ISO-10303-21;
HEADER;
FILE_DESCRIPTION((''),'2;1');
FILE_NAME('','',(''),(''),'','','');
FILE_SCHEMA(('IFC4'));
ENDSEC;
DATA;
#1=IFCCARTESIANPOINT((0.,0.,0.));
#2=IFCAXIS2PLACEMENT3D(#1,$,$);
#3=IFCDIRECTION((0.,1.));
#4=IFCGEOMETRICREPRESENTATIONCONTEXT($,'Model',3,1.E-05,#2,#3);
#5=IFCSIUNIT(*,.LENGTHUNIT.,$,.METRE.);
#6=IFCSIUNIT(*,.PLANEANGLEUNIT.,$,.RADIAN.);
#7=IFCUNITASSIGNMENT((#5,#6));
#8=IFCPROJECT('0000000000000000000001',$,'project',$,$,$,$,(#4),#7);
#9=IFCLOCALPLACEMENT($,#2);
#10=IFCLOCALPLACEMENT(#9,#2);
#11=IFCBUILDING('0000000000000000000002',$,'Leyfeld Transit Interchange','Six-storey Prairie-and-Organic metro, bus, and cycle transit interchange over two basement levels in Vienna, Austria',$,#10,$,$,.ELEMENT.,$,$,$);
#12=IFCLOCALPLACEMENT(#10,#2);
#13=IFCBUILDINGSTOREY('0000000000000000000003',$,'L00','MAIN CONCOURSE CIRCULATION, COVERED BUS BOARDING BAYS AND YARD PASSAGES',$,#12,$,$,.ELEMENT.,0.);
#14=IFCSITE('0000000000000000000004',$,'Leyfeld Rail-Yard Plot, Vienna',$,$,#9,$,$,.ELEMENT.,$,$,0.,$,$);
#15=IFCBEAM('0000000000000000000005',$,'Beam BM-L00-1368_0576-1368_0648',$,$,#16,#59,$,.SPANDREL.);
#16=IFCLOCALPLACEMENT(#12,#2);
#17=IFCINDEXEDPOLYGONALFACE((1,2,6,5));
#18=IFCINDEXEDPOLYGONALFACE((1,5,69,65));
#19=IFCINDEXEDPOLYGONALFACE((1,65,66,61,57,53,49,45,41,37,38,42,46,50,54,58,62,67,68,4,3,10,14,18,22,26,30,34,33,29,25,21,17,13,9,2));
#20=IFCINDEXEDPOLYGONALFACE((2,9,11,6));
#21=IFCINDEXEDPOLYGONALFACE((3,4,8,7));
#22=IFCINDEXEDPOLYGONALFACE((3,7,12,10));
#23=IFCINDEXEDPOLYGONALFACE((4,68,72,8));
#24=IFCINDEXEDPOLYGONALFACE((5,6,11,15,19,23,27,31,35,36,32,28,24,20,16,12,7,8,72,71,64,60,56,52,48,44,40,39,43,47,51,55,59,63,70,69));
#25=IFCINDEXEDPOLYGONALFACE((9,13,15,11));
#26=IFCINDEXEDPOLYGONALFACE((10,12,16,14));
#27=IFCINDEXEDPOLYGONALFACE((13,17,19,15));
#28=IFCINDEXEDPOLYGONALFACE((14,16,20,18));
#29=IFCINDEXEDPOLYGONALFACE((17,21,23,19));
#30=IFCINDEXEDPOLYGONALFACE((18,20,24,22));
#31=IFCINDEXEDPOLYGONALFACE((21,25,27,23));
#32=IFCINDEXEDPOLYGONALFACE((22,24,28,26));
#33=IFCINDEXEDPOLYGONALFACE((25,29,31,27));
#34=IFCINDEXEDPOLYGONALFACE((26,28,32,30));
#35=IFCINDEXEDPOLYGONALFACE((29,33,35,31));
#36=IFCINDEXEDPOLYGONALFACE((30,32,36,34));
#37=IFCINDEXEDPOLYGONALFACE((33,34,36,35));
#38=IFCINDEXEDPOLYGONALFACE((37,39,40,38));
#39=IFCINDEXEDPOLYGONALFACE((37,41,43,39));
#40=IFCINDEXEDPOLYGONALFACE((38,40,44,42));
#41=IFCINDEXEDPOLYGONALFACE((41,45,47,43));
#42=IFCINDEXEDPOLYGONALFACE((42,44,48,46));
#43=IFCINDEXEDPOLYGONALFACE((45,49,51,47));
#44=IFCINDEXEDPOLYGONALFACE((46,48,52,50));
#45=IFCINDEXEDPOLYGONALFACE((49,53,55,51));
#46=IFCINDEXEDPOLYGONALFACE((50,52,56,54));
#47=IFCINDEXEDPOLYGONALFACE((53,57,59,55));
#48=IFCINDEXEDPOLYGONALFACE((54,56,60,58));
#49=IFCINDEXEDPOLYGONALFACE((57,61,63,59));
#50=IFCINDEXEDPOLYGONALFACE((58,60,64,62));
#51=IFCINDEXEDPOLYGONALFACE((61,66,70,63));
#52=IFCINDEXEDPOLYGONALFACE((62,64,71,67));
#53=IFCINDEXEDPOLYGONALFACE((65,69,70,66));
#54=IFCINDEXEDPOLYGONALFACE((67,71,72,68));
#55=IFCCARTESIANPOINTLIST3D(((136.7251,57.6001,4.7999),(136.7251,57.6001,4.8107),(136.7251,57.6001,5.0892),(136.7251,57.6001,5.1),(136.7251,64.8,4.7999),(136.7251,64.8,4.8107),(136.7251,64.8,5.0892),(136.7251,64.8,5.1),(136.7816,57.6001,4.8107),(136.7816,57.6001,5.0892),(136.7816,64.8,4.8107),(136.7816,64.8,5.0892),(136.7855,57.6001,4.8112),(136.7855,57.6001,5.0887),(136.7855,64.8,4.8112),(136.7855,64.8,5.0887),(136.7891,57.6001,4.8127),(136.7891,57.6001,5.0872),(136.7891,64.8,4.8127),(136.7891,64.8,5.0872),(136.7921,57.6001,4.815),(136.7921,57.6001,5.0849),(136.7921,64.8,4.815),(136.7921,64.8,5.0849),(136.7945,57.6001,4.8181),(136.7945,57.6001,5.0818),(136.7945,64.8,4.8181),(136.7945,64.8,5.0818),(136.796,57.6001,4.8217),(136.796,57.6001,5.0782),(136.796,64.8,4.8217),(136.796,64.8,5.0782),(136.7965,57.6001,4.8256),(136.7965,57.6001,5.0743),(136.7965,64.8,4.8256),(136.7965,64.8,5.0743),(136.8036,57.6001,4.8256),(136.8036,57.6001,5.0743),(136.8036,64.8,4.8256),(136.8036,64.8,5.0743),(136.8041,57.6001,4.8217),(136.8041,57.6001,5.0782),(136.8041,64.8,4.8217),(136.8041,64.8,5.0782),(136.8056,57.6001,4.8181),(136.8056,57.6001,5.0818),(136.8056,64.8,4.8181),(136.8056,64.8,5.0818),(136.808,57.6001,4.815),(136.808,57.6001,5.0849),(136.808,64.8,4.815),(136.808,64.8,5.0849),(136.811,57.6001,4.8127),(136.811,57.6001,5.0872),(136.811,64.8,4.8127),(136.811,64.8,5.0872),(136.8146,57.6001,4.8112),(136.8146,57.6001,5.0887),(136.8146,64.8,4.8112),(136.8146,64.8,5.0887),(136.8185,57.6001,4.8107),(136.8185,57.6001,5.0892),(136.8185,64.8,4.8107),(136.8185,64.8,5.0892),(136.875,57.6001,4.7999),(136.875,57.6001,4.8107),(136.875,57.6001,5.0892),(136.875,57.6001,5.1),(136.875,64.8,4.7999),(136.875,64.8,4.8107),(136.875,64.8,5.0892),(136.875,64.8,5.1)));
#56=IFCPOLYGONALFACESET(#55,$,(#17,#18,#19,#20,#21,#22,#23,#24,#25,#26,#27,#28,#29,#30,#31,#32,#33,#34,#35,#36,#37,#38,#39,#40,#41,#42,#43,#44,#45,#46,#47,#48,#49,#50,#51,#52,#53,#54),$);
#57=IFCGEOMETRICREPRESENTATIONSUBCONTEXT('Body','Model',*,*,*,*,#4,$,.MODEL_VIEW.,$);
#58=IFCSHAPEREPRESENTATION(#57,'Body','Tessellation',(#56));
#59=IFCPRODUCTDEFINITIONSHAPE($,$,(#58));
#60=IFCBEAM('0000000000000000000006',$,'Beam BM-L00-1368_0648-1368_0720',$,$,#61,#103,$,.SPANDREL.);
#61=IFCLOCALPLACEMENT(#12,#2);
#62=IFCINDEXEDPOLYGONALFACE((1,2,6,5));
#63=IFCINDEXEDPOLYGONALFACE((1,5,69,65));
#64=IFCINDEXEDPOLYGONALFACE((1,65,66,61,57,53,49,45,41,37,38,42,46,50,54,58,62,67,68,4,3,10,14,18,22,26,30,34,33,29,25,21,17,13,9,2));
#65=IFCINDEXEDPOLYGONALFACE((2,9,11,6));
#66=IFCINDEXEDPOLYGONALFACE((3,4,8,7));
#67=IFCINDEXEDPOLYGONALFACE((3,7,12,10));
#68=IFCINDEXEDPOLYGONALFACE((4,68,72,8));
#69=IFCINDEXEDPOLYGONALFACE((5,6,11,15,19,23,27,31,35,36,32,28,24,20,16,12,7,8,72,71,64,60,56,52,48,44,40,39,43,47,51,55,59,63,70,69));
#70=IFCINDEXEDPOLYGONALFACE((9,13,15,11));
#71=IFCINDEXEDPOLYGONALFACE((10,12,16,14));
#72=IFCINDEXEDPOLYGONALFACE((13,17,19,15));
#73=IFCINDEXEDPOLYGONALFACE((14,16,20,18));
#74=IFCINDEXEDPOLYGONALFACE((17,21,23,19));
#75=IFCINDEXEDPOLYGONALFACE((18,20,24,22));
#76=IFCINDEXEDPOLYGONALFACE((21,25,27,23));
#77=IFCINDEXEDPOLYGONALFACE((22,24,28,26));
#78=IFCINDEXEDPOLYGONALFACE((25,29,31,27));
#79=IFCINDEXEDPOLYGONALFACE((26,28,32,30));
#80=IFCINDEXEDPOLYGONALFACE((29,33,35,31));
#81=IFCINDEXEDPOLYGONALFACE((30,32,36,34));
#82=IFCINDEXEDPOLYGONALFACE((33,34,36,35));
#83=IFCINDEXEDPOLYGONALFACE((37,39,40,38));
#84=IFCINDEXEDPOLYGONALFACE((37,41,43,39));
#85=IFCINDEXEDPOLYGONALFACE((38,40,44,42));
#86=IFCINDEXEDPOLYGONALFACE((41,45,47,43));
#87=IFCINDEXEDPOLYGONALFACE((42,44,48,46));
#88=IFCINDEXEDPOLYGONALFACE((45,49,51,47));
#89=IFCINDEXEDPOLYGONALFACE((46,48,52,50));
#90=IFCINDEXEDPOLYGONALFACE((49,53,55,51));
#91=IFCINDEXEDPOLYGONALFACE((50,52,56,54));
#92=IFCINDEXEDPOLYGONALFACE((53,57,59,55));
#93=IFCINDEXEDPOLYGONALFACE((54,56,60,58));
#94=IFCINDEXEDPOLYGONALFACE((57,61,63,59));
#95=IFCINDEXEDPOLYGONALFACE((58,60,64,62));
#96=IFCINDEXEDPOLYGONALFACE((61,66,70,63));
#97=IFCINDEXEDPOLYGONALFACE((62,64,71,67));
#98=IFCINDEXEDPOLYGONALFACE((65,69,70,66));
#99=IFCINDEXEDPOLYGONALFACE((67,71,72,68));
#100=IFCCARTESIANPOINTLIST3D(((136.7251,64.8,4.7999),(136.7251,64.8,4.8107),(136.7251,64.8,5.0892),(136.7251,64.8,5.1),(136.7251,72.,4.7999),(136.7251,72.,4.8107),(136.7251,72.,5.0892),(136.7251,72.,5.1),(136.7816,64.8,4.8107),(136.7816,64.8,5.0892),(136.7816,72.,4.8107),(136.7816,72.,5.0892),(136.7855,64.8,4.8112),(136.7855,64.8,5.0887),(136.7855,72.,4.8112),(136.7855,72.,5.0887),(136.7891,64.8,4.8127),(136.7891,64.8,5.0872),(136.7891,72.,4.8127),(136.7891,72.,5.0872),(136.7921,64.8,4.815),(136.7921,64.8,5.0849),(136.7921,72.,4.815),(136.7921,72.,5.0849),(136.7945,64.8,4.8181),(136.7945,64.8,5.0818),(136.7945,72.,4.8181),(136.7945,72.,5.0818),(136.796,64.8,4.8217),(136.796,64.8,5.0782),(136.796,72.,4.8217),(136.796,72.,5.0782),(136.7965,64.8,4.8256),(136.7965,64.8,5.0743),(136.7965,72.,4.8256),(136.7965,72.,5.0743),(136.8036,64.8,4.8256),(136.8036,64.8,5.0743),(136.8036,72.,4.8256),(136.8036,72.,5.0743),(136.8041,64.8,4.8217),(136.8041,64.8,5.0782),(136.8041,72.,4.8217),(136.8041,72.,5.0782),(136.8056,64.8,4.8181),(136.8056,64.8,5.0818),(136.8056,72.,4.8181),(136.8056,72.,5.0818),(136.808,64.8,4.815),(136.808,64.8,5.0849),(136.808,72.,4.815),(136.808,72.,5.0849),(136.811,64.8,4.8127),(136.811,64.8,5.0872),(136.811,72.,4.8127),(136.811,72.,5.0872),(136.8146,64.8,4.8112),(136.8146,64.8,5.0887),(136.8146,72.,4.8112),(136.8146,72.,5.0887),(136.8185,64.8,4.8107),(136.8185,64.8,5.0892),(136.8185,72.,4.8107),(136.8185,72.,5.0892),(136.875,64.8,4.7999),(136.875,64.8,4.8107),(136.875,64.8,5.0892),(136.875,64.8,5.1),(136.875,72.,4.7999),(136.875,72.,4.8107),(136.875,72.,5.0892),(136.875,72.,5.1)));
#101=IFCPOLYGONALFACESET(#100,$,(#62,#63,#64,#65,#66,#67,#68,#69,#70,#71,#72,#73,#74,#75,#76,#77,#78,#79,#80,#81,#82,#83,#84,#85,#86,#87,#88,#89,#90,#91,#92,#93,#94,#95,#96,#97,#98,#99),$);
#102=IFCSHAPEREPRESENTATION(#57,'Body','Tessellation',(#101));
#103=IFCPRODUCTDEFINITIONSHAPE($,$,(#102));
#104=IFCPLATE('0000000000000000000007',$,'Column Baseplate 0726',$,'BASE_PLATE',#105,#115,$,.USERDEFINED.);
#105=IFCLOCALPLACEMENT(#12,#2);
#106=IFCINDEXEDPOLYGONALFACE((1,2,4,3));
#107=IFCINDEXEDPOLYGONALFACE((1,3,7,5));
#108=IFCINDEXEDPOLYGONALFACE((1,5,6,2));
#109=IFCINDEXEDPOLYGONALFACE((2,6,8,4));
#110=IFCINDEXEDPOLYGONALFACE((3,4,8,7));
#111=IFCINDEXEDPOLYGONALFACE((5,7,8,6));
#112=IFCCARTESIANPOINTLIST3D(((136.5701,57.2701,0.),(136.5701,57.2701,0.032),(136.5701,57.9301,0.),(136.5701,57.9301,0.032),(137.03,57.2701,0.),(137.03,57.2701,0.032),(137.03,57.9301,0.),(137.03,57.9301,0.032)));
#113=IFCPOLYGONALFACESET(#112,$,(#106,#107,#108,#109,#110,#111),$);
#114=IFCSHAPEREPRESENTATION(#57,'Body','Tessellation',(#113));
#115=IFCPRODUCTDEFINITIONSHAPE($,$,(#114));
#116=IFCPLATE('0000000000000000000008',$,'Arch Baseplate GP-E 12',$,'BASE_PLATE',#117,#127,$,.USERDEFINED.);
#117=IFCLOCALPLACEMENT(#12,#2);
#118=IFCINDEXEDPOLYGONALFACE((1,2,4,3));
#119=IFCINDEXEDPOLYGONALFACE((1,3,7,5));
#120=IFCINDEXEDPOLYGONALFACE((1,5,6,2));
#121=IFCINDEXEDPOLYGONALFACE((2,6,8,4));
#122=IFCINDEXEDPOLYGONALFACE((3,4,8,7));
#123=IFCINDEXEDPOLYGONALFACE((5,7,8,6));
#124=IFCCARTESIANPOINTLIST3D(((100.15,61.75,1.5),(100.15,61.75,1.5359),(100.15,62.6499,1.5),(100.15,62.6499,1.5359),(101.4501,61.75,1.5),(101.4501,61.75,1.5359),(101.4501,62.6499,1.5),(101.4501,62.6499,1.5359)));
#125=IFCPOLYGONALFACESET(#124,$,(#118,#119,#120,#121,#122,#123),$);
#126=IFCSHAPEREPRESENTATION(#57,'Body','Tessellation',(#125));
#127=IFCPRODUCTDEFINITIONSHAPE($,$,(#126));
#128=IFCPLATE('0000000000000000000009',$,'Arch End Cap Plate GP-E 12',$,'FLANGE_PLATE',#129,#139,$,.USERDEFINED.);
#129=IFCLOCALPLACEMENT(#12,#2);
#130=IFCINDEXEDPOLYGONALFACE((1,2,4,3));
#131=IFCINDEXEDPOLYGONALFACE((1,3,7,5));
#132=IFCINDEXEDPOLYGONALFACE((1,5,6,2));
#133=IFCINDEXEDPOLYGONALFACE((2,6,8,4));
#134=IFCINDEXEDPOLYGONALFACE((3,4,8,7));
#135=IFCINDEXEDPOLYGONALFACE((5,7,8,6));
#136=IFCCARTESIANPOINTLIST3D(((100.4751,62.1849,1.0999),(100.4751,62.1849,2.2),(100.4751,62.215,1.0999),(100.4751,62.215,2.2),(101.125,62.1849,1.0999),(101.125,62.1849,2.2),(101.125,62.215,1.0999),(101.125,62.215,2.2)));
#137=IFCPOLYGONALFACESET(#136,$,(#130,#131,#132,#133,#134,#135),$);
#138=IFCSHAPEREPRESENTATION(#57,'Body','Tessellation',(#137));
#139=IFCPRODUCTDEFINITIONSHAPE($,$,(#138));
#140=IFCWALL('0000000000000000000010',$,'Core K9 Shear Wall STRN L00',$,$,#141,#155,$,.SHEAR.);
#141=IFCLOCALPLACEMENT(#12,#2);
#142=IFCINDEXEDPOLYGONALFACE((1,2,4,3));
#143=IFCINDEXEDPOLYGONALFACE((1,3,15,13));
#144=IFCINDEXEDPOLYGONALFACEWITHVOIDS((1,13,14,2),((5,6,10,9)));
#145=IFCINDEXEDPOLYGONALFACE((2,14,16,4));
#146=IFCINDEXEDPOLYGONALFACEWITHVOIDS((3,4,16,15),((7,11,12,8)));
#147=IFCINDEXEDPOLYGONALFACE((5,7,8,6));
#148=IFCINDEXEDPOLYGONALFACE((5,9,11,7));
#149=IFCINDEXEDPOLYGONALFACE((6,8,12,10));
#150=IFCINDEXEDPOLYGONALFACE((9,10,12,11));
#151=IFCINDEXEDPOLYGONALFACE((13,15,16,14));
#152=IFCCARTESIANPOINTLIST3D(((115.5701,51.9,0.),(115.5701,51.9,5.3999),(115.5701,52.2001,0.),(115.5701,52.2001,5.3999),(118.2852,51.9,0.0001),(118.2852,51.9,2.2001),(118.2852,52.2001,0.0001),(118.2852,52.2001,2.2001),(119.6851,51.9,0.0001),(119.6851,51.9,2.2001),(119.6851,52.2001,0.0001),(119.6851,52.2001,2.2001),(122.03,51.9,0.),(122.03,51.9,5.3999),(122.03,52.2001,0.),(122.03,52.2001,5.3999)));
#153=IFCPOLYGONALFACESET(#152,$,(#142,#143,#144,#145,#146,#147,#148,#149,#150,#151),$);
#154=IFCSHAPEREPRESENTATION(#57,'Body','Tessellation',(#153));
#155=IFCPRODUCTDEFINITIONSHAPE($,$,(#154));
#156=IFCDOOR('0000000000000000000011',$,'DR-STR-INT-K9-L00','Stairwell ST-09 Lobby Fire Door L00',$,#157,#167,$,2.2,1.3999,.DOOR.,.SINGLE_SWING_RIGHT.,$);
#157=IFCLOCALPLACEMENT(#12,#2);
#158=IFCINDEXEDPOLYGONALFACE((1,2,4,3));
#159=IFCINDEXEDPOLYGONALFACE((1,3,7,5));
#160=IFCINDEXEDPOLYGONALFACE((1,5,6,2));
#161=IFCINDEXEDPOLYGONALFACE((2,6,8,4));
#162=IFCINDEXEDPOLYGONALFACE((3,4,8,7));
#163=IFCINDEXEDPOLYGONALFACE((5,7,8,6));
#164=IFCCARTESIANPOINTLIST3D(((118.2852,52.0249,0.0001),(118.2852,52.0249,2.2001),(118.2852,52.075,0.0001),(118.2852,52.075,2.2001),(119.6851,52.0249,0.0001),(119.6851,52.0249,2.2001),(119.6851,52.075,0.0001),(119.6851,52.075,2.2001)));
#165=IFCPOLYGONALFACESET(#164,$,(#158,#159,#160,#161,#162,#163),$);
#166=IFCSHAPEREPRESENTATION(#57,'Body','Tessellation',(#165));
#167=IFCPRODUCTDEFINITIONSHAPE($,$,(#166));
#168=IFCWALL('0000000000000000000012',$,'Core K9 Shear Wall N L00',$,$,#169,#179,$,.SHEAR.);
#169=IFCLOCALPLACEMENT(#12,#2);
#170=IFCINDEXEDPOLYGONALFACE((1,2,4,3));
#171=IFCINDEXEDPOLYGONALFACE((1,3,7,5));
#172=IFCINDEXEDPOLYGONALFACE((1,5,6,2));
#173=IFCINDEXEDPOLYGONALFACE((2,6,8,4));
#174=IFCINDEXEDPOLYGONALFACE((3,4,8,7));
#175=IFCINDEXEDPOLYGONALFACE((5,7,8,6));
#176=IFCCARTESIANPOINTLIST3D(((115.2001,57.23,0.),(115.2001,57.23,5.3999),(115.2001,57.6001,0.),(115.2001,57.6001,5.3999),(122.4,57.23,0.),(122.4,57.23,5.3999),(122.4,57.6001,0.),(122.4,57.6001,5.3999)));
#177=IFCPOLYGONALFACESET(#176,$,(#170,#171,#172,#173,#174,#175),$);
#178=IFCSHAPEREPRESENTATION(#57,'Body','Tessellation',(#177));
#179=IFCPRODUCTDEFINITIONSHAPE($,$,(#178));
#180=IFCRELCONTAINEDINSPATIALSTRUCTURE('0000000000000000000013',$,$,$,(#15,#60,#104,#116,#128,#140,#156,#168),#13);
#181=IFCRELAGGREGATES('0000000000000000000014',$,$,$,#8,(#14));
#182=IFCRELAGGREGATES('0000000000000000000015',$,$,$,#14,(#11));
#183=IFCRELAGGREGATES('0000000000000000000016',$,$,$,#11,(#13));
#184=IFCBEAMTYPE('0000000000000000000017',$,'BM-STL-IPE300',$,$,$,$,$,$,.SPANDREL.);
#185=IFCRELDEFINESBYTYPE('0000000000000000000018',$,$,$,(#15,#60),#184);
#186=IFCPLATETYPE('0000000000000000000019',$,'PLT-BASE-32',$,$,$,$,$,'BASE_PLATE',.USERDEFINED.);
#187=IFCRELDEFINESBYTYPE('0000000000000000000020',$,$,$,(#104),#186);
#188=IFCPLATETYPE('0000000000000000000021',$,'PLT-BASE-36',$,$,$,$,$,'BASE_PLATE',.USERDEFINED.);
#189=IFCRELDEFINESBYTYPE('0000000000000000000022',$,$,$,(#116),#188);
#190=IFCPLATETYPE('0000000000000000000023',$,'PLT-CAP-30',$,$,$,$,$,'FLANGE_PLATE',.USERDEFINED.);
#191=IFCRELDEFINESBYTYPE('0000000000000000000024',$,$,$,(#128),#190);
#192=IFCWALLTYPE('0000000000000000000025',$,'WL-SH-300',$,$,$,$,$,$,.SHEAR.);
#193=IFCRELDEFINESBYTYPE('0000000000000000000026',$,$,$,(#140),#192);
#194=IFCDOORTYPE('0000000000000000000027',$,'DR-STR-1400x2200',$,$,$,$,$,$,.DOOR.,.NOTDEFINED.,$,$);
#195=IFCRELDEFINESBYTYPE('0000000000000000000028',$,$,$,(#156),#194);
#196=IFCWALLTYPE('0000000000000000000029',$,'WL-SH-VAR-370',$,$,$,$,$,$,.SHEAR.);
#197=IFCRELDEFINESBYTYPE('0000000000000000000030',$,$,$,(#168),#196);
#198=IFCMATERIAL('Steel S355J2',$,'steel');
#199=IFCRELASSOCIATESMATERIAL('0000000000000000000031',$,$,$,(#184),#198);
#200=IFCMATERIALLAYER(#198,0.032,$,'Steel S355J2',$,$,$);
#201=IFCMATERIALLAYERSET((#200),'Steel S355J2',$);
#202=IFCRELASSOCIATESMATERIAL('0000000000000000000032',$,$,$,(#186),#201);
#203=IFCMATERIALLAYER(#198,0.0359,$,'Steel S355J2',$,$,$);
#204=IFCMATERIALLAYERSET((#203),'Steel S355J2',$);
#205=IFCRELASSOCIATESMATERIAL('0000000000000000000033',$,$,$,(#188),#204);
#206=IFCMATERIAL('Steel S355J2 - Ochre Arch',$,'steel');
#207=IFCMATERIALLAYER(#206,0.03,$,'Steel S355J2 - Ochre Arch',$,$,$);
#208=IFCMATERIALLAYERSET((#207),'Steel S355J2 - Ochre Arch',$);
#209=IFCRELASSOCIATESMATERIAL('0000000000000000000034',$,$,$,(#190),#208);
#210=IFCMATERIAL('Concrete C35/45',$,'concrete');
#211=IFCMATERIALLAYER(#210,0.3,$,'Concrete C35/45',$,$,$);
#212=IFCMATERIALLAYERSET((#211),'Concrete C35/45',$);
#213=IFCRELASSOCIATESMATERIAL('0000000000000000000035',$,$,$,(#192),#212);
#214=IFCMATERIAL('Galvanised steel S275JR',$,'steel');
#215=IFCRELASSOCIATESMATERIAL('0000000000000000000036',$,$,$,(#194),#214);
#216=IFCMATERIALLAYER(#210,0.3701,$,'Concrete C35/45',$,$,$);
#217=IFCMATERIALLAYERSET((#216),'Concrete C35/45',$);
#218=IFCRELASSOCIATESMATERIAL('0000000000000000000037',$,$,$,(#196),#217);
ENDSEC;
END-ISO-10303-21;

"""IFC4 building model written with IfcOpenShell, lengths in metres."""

from ifc_helpers import new_model, si_unit, direction, frame, frame_2d, origin, origin_2d, place, context, subcontext, project, spatial, rectangle, i_section, extrude, material, layer, layer_set, material_profile, profile_set, type_object, element, fill, save


model = new_model("IFC4")

# Units and contexts
model_context = context("Model", 3, precision=1e-05, world=origin(), true_north=direction((0.0, 1.0)))
body_context = subcontext(model_context, "Body", "Model", "MODEL_VIEW")
ifc_project = project(units=[si_unit("LENGTHUNIT", "METRE"), si_unit("PLANEANGLEUNIT", "RADIAN")], contexts=[model_context])

# Site, building, storey
site_placement = place(None, origin())
site = spatial("IfcSite", under=ifc_project, at=site_placement, Name="Leyfeld Rail-Yard Plot, Vienna", CompositionType="ELEMENT", RefElevation=0.0)
building_placement = place(site_placement, origin())
building = spatial("IfcBuilding", under=site, at=building_placement, Name="Leyfeld Transit Interchange", Description="Six-storey Prairie-and-Organic metro, bus, and cycle transit interchange over two basement levels in Vienna, Austria", CompositionType="ELEMENT")
storey_placement = place(building_placement, origin())
storey = spatial("IfcBuildingStorey", under=building, at=storey_placement, Name="L00", Description="MAIN CONCOURSE CIRCULATION, COVERED BUS BOARDING BAYS AND YARD PASSAGES", CompositionType="ELEMENT", Elevation=0.0)

# Shared definitions
ifc_material_1 = material(Name="Concrete C35/45", Category="concrete")

# Shared definitions
ifc_material_2 = material(Name="Steel S355J2", Category="steel")

# Beams
ifc_material_profile_1 = material_profile(ifc_material_2, i_section(OverallWidth=0.1499, OverallDepth=0.3, WebThickness=0.0071, FlangeThickness=0.0107, FilletRadius=0.0149, at=origin_2d()), Name="IPE 300")
ifc_profile_set_1 = profile_set([ifc_material_profile_1], Name="Steel S355J2")
beam_type_1 = type_object("IfcBeamType", Name="BM-STL-IPE300", PredefinedType="SPANDREL", material=ifc_profile_set_1)
for number, where, z_axis, x_axis, name in (
    (1, (136.8, 57.6001, 4.95), (0.0, 1.0, 0.0), (-1.0, 0.0, 0.0), "Beam BM-L00-1368_0576-1368_0648"),
    (2, (136.8, 64.8, 4.95), (0.0, 1.0, 0.0), (-1.0, 0.0, 0.0), "Beam BM-L00-1368_0648-1368_0720"),
):
    element("IfcBeam", number, at=place(storey_placement, frame(where, z_axis=z_axis, x_axis=x_axis)), inside=storey, type_object=beam_type_1, Name=name, PredefinedType="SPANDREL", context=body_context, shape_type="SweptSolid", body=[
        extrude(i_section(OverallWidth=0.1499, OverallDepth=0.3, WebThickness=0.0071, FlangeThickness=0.0107, FilletRadius=0.0149, at=origin_2d()), origin(), (0.0, 0.0, 1.0), 7.2),
    ])

# Plates
ifc_layer_1 = layer(ifc_material_2, 0.032, Name="Steel S355J2")
ifc_layer_set_1 = layer_set([ifc_layer_1], Name="Steel S355J2")
plate_type_1 = type_object("IfcPlateType", Name="PLT-BASE-32", ElementType="BASE_PLATE", PredefinedType="USERDEFINED", material=ifc_layer_set_1)
plate_1_placement = place(storey_placement, frame((136.8, 57.6001, 0.0), z_axis=(0.0, 0.0, 1.0), x_axis=(1.0, 0.0, 0.0)))
element("IfcPlate", 3, at=plate_1_placement, inside=storey, type_object=plate_type_1, Name="Column Baseplate 0726", ObjectType="BASE_PLATE", PredefinedType="USERDEFINED", context=body_context, shape_type="SweptSolid", body=[
    extrude(rectangle(XDim=0.46, YDim=0.6599, at=origin_2d()), origin(), (0.0, 0.0, 1.0), 0.032),
])
ifc_layer_2 = layer(ifc_material_2, 0.0359, Name="Steel S355J2")
ifc_layer_set_2 = layer_set([ifc_layer_2], Name="Steel S355J2")
plate_type_2 = type_object("IfcPlateType", Name="PLT-BASE-36", ElementType="BASE_PLATE", PredefinedType="USERDEFINED", material=ifc_layer_set_2)
plate_2_placement = place(storey_placement, frame((100.8, 62.2, 1.5), z_axis=(0.0, 0.0, 1.0), x_axis=(1.0, 0.0, 0.0)))
element("IfcPlate", 4, at=plate_2_placement, inside=storey, type_object=plate_type_2, Name="Arch Baseplate GP-E 12", ObjectType="BASE_PLATE", PredefinedType="USERDEFINED", context=body_context, shape_type="SweptSolid", body=[
    extrude(rectangle(XDim=1.3, YDim=0.8999, at=origin_2d()), origin(), (0.0, 0.0, 1.0), 0.0359),
])
ifc_material_3 = material(Name="Steel S355J2 - Ochre Arch", Category="steel")
ifc_layer_3 = layer(ifc_material_3, 0.03, Name="Steel S355J2 - Ochre Arch")
ifc_layer_set_3 = layer_set([ifc_layer_3], Name="Steel S355J2 - Ochre Arch")
plate_type_3 = type_object("IfcPlateType", Name="PLT-CAP-30", ElementType="FLANGE_PLATE", PredefinedType="USERDEFINED", material=ifc_layer_set_3)
plate_3_placement = place(storey_placement, frame((100.8, 62.2, 1.0999), z_axis=(0.0, 0.0, 1.0), x_axis=(1.0, 0.0, 0.0)))
element("IfcPlate", 5, at=plate_3_placement, inside=storey, type_object=plate_type_3, Name="Arch End Cap Plate GP-E 12", ObjectType="FLANGE_PLATE", PredefinedType="USERDEFINED", context=body_context, shape_type="SweptSolid", body=[
    extrude(rectangle(XDim=0.6499, YDim=0.03, at=origin_2d()), origin(), (0.0, 0.0, 1.0), 1.1001),
])

# Wall, opening, door
ifc_layer_4 = layer(ifc_material_1, 0.3, Name="Concrete C35/45")
ifc_layer_set_4 = layer_set([ifc_layer_4], Name="Concrete C35/45")
wall_type_1 = type_object("IfcWallType", Name="WL-SH-300", PredefinedType="SHEAR", material=ifc_layer_set_4)
wall_1_placement = place(storey_placement, frame((115.5701, 52.05, 0.0), z_axis=(0.0, 0.0, 1.0), x_axis=(1.0, 0.0, 0.0)))
wall_1 = element("IfcWall", 6, at=wall_1_placement, inside=storey, type_object=wall_type_1, Name="Core K9 Shear Wall STRN L00", PredefinedType="SHEAR", context=body_context, shape_type="SweptSolid", body=[
    extrude(rectangle(XDim=6.46, YDim=0.3, at=frame_2d((3.23, 0.0))), origin(), (0.0, 0.0, 1.0), 5.3999),
])
opening_placement = place(wall_1_placement, frame((2.7151, 0.0, 0.0)))
opening = element("IfcOpeningElement", 7, at=opening_placement, cuts=wall_1, PredefinedType="OPENING", context=body_context, shape_type="SweptSolid", body=[
    extrude(rectangle(XDim=1.3999, YDim=2.2, at=frame_2d((0.7, 1.1001))), frame((0.0, 0.1599, 0.0), z_axis=(0.0, -1.0, 0.0), x_axis=(1.0, 0.0, 0.0)), (0.0, 0.0, 1.0), 0.3201),
])
ifc_material_4 = material(Name="Galvanised steel S275JR", Category="steel")
door_type = type_object("IfcDoorType", Name="DR-STR-1400x2200", OperationType="NOTDEFINED", PredefinedType="DOOR", material=ifc_material_4)
door_placement = place(opening_placement, origin())
door = element("IfcDoor", 8, at=door_placement, inside=storey, type_object=door_type, Name="DR-STR-INT-K9-L00", Description="Stairwell ST-09 Lobby Fire Door L00", OperationType="SINGLE_SWING_RIGHT", OverallHeight=2.2, OverallWidth=1.3999, PredefinedType="DOOR", context=body_context, shape_type="SweptSolid", body=[
    extrude(rectangle(XDim=1.3999, YDim=2.2, at=frame_2d((0.7, 1.1001))), frame((0.0, 0.0249, 0.0), z_axis=(0.0, -1.0, 0.0), x_axis=(1.0, 0.0, 0.0)), (0.0, 0.0, 1.0), 0.05),
])
fill(opening, door)

# Wall
ifc_layer_5 = layer(ifc_material_1, 0.3701, Name="Concrete C35/45")
ifc_layer_set_5 = layer_set([ifc_layer_5], Name="Concrete C35/45")
wall_type_2 = type_object("IfcWallType", Name="WL-SH-VAR-370", PredefinedType="SHEAR", material=ifc_layer_set_5)
wall_2_placement = place(storey_placement, frame((115.2, 57.415, 0.0), z_axis=(0.0, 0.0, 1.0), x_axis=(1.0, 0.0, 0.0)))
element("IfcWall", 9, at=wall_2_placement, inside=storey, type_object=wall_type_2, Name="Core K9 Shear Wall N L00", PredefinedType="SHEAR", context=body_context, shape_type="SweptSolid", body=[
    extrude(rectangle(XDim=7.2, YDim=0.3701, at=frame_2d((3.6001, 0.0))), origin(), (0.0, 0.0, 1.0), 5.3999),
])

save(model, "model.ifc")
